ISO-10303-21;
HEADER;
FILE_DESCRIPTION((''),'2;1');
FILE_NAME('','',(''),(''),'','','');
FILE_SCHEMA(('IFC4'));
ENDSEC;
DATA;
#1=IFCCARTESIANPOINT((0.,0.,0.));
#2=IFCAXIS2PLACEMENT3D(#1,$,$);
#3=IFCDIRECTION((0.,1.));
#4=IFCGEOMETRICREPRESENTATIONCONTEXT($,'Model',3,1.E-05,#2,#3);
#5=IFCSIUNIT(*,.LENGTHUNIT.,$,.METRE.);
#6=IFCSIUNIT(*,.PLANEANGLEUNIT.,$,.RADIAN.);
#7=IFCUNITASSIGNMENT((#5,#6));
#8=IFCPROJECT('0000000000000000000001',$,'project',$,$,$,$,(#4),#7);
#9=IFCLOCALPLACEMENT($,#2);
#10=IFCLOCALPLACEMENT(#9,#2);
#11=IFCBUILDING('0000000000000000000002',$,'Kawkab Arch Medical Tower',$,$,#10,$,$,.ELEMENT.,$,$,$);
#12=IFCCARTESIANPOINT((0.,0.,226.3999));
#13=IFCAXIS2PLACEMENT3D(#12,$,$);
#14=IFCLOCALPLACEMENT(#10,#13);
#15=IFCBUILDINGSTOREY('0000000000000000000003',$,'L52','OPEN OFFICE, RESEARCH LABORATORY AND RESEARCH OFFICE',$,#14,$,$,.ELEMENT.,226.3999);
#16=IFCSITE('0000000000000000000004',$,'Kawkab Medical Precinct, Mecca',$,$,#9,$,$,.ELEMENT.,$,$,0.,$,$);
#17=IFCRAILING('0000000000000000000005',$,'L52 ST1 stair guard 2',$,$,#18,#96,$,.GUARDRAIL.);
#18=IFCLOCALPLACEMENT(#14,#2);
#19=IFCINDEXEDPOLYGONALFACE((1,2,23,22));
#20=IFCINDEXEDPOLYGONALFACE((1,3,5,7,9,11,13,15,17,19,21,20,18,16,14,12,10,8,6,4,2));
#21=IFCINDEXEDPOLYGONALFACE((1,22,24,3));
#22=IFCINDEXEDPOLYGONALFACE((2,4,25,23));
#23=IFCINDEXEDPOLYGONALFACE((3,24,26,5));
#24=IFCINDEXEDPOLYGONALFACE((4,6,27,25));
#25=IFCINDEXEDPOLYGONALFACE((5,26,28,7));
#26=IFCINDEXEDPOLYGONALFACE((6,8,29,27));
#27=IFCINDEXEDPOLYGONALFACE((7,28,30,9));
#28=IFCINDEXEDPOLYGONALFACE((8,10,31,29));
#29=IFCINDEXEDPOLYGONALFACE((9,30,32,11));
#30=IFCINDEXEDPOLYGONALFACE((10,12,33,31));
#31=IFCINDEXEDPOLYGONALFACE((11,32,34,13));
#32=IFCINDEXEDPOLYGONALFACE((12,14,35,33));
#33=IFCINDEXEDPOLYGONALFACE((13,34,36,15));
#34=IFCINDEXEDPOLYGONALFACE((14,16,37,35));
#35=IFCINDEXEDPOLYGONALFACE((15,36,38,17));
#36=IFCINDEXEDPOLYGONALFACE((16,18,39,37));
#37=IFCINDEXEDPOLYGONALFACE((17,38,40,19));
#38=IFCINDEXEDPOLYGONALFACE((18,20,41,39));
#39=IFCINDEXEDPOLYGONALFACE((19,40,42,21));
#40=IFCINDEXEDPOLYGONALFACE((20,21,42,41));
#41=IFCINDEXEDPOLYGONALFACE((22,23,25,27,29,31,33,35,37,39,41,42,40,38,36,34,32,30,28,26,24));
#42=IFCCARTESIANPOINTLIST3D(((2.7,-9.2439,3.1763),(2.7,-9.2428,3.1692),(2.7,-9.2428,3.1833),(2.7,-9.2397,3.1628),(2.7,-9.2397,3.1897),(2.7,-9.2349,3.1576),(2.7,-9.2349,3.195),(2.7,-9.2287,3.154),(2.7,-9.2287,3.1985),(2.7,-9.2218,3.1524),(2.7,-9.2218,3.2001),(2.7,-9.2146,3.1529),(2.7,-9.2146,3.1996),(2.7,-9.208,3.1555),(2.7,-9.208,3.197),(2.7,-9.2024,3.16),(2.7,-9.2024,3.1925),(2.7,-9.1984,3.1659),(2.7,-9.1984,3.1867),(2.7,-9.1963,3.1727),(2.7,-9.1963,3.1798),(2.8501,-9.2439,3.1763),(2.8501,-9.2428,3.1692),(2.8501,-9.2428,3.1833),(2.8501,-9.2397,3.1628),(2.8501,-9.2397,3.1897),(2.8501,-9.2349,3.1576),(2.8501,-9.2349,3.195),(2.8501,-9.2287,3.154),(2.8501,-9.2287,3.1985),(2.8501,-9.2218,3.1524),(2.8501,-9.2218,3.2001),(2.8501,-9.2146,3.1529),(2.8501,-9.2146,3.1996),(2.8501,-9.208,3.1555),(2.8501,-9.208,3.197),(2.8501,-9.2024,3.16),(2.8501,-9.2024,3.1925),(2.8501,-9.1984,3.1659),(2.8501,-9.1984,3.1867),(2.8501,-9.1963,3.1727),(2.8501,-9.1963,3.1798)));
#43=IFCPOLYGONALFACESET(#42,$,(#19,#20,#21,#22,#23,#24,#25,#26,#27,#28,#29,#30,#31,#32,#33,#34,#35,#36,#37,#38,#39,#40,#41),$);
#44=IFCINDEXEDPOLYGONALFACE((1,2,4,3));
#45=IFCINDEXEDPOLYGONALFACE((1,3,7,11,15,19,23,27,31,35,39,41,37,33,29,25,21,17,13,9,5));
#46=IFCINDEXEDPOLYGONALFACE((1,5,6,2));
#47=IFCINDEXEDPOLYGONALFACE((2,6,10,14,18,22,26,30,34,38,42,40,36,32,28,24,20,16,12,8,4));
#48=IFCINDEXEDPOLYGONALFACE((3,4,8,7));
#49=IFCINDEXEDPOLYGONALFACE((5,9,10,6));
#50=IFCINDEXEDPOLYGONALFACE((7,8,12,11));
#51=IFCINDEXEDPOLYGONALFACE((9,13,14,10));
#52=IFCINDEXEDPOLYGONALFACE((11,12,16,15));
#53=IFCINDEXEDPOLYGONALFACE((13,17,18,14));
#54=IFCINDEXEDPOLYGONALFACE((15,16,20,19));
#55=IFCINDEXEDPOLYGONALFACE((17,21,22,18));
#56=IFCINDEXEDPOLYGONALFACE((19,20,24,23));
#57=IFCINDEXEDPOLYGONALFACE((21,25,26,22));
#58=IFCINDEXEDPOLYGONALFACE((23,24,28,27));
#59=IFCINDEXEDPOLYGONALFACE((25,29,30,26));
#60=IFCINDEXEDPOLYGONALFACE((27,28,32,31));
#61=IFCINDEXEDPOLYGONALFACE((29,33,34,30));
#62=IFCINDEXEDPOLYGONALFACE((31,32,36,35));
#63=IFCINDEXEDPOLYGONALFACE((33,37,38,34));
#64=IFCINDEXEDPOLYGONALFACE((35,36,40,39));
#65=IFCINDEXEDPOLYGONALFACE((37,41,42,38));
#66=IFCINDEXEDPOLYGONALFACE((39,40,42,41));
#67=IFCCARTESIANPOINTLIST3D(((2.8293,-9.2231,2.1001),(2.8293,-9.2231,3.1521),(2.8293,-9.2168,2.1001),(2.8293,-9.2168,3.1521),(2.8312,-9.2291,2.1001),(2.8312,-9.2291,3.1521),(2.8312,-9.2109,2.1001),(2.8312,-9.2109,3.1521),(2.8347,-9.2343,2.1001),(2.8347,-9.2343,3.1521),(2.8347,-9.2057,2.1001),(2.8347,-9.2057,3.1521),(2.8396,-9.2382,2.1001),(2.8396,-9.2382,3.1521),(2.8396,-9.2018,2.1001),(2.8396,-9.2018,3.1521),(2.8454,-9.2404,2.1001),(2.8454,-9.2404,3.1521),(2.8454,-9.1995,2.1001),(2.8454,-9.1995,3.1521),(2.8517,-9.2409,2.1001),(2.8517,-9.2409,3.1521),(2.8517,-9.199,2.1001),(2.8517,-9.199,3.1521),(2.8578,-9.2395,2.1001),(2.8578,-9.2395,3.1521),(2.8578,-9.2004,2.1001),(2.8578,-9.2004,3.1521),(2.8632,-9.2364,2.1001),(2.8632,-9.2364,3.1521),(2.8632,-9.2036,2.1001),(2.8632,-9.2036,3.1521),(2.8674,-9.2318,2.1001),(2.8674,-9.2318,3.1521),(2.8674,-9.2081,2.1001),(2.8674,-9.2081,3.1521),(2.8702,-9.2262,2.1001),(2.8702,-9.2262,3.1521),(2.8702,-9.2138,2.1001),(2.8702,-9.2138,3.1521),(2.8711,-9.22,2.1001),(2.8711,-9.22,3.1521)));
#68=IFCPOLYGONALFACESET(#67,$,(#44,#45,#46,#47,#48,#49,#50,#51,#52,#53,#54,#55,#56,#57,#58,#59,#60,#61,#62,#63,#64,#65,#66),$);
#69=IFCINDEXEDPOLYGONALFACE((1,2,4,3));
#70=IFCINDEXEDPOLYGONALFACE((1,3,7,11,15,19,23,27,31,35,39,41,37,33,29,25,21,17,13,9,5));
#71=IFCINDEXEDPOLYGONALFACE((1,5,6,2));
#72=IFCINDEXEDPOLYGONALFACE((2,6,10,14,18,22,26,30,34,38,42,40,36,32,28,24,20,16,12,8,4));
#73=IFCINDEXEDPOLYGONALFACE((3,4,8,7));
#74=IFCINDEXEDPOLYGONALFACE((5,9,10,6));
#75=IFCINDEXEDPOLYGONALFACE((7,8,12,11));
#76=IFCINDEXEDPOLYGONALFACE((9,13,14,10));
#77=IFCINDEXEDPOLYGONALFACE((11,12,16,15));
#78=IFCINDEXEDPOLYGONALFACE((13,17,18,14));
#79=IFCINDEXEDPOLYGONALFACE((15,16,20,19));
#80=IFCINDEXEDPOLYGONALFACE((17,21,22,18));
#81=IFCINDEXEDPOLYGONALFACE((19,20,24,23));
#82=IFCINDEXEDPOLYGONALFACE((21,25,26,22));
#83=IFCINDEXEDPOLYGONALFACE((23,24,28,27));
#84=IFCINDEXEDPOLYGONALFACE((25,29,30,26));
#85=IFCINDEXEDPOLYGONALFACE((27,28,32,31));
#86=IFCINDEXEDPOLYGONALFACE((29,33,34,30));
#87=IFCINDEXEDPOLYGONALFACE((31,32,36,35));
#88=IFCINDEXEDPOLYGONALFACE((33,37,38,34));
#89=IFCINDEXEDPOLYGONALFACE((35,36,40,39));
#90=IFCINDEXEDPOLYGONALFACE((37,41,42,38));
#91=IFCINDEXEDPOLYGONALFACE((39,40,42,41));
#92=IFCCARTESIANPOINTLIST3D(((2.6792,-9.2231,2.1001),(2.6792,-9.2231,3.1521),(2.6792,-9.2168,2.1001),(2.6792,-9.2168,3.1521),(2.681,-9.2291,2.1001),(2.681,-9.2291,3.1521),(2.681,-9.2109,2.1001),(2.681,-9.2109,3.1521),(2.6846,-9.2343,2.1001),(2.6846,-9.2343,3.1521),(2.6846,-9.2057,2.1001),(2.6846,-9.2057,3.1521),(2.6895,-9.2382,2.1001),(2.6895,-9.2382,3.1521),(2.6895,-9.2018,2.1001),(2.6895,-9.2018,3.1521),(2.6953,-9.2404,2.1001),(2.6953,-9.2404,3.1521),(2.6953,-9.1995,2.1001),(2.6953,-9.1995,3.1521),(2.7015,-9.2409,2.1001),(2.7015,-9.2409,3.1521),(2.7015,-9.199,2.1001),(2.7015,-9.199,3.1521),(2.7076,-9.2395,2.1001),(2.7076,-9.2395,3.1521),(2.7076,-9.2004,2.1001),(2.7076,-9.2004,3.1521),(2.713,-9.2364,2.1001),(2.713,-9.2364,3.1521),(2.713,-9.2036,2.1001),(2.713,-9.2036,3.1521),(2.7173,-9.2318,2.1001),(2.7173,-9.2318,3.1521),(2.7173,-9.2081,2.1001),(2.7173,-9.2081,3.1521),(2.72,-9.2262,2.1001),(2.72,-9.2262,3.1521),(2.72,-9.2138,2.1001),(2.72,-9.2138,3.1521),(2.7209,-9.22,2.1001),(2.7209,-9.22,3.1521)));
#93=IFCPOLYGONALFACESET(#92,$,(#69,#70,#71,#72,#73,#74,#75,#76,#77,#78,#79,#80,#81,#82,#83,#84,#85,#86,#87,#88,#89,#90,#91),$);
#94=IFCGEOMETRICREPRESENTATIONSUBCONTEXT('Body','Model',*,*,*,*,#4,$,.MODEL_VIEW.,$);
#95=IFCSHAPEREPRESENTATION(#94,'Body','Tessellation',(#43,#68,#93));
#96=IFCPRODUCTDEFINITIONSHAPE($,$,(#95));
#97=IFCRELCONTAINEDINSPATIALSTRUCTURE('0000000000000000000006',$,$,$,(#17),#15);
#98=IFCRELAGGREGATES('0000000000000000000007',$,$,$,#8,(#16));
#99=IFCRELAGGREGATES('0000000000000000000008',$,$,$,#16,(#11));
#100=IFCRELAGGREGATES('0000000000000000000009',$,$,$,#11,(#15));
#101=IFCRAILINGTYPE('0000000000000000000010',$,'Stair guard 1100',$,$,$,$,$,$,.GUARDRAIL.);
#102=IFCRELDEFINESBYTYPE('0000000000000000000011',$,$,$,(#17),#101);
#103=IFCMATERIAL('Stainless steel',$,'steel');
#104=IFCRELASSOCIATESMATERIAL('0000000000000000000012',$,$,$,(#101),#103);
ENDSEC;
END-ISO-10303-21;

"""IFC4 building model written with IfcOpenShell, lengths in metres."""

from ifc_helpers import new_model, si_unit, direction, frame, origin, origin_2d, place, context, subcontext, project, spatial, circle, extrude, material, type_object, element, save


model = new_model("IFC4")

# Units and contexts
model_context = context("Model", 3, precision=1e-05, world=origin(), true_north=direction((0.0, 1.0)))
body_context = subcontext(model_context, "Body", "Model", "MODEL_VIEW")
ifc_project = project(units=[si_unit("LENGTHUNIT", "METRE"), si_unit("PLANEANGLEUNIT", "RADIAN")], contexts=[model_context])

# Site, building, storey
site_placement = place(None, origin())
site = spatial("IfcSite", under=ifc_project, at=site_placement, Name="Kawkab Medical Precinct, Mecca", CompositionType="ELEMENT", RefElevation=0.0)
building_placement = place(site_placement, origin())
building = spatial("IfcBuilding", under=site, at=building_placement, Name="Kawkab Arch Medical Tower", CompositionType="ELEMENT")
storey_placement = place(building_placement, frame((0.0, 0.0, 226.3999)))
storey = spatial("IfcBuildingStorey", under=building, at=storey_placement, Name="L52", Description="OPEN OFFICE, RESEARCH LABORATORY AND RESEARCH OFFICE", CompositionType="ELEMENT", Elevation=226.3999)

# Railing
ifc_material_1 = material(Name="Stainless steel", Category="steel")
railing_type_1 = type_object("IfcRailingType", Name="Stair guard 1100", PredefinedType="GUARDRAIL", material=ifc_material_1)
railing_1_placement = place(storey_placement, frame((2.8501, -9.22, 2.1001)))
element("IfcRailing", 1, at=railing_1_placement, inside=storey, type_object=railing_type_1, Name="L52 ST1 stair guard 2", PredefinedType="GUARDRAIL", context=body_context, shape_type="SweptSolid", body=[
    extrude(circle(Radius=0.0239, at=origin_2d()), frame((0.0, 0.0, 1.0762), z_axis=(-1.0, 0.0, 0.0), x_axis=(0.0, -1.0, 0.0)), (0.0, 0.0, 1.0), 0.1501),
    extrude(circle(Radius=0.021, at=origin_2d()), origin(), (0.0, 0.0, 1.0), 1.052),
    extrude(circle(Radius=0.021, at=origin_2d()), frame((-0.1501, 0.0, 0.0)), (0.0, 0.0, 1.0), 1.052),
])

save(model, "model.ifc")
